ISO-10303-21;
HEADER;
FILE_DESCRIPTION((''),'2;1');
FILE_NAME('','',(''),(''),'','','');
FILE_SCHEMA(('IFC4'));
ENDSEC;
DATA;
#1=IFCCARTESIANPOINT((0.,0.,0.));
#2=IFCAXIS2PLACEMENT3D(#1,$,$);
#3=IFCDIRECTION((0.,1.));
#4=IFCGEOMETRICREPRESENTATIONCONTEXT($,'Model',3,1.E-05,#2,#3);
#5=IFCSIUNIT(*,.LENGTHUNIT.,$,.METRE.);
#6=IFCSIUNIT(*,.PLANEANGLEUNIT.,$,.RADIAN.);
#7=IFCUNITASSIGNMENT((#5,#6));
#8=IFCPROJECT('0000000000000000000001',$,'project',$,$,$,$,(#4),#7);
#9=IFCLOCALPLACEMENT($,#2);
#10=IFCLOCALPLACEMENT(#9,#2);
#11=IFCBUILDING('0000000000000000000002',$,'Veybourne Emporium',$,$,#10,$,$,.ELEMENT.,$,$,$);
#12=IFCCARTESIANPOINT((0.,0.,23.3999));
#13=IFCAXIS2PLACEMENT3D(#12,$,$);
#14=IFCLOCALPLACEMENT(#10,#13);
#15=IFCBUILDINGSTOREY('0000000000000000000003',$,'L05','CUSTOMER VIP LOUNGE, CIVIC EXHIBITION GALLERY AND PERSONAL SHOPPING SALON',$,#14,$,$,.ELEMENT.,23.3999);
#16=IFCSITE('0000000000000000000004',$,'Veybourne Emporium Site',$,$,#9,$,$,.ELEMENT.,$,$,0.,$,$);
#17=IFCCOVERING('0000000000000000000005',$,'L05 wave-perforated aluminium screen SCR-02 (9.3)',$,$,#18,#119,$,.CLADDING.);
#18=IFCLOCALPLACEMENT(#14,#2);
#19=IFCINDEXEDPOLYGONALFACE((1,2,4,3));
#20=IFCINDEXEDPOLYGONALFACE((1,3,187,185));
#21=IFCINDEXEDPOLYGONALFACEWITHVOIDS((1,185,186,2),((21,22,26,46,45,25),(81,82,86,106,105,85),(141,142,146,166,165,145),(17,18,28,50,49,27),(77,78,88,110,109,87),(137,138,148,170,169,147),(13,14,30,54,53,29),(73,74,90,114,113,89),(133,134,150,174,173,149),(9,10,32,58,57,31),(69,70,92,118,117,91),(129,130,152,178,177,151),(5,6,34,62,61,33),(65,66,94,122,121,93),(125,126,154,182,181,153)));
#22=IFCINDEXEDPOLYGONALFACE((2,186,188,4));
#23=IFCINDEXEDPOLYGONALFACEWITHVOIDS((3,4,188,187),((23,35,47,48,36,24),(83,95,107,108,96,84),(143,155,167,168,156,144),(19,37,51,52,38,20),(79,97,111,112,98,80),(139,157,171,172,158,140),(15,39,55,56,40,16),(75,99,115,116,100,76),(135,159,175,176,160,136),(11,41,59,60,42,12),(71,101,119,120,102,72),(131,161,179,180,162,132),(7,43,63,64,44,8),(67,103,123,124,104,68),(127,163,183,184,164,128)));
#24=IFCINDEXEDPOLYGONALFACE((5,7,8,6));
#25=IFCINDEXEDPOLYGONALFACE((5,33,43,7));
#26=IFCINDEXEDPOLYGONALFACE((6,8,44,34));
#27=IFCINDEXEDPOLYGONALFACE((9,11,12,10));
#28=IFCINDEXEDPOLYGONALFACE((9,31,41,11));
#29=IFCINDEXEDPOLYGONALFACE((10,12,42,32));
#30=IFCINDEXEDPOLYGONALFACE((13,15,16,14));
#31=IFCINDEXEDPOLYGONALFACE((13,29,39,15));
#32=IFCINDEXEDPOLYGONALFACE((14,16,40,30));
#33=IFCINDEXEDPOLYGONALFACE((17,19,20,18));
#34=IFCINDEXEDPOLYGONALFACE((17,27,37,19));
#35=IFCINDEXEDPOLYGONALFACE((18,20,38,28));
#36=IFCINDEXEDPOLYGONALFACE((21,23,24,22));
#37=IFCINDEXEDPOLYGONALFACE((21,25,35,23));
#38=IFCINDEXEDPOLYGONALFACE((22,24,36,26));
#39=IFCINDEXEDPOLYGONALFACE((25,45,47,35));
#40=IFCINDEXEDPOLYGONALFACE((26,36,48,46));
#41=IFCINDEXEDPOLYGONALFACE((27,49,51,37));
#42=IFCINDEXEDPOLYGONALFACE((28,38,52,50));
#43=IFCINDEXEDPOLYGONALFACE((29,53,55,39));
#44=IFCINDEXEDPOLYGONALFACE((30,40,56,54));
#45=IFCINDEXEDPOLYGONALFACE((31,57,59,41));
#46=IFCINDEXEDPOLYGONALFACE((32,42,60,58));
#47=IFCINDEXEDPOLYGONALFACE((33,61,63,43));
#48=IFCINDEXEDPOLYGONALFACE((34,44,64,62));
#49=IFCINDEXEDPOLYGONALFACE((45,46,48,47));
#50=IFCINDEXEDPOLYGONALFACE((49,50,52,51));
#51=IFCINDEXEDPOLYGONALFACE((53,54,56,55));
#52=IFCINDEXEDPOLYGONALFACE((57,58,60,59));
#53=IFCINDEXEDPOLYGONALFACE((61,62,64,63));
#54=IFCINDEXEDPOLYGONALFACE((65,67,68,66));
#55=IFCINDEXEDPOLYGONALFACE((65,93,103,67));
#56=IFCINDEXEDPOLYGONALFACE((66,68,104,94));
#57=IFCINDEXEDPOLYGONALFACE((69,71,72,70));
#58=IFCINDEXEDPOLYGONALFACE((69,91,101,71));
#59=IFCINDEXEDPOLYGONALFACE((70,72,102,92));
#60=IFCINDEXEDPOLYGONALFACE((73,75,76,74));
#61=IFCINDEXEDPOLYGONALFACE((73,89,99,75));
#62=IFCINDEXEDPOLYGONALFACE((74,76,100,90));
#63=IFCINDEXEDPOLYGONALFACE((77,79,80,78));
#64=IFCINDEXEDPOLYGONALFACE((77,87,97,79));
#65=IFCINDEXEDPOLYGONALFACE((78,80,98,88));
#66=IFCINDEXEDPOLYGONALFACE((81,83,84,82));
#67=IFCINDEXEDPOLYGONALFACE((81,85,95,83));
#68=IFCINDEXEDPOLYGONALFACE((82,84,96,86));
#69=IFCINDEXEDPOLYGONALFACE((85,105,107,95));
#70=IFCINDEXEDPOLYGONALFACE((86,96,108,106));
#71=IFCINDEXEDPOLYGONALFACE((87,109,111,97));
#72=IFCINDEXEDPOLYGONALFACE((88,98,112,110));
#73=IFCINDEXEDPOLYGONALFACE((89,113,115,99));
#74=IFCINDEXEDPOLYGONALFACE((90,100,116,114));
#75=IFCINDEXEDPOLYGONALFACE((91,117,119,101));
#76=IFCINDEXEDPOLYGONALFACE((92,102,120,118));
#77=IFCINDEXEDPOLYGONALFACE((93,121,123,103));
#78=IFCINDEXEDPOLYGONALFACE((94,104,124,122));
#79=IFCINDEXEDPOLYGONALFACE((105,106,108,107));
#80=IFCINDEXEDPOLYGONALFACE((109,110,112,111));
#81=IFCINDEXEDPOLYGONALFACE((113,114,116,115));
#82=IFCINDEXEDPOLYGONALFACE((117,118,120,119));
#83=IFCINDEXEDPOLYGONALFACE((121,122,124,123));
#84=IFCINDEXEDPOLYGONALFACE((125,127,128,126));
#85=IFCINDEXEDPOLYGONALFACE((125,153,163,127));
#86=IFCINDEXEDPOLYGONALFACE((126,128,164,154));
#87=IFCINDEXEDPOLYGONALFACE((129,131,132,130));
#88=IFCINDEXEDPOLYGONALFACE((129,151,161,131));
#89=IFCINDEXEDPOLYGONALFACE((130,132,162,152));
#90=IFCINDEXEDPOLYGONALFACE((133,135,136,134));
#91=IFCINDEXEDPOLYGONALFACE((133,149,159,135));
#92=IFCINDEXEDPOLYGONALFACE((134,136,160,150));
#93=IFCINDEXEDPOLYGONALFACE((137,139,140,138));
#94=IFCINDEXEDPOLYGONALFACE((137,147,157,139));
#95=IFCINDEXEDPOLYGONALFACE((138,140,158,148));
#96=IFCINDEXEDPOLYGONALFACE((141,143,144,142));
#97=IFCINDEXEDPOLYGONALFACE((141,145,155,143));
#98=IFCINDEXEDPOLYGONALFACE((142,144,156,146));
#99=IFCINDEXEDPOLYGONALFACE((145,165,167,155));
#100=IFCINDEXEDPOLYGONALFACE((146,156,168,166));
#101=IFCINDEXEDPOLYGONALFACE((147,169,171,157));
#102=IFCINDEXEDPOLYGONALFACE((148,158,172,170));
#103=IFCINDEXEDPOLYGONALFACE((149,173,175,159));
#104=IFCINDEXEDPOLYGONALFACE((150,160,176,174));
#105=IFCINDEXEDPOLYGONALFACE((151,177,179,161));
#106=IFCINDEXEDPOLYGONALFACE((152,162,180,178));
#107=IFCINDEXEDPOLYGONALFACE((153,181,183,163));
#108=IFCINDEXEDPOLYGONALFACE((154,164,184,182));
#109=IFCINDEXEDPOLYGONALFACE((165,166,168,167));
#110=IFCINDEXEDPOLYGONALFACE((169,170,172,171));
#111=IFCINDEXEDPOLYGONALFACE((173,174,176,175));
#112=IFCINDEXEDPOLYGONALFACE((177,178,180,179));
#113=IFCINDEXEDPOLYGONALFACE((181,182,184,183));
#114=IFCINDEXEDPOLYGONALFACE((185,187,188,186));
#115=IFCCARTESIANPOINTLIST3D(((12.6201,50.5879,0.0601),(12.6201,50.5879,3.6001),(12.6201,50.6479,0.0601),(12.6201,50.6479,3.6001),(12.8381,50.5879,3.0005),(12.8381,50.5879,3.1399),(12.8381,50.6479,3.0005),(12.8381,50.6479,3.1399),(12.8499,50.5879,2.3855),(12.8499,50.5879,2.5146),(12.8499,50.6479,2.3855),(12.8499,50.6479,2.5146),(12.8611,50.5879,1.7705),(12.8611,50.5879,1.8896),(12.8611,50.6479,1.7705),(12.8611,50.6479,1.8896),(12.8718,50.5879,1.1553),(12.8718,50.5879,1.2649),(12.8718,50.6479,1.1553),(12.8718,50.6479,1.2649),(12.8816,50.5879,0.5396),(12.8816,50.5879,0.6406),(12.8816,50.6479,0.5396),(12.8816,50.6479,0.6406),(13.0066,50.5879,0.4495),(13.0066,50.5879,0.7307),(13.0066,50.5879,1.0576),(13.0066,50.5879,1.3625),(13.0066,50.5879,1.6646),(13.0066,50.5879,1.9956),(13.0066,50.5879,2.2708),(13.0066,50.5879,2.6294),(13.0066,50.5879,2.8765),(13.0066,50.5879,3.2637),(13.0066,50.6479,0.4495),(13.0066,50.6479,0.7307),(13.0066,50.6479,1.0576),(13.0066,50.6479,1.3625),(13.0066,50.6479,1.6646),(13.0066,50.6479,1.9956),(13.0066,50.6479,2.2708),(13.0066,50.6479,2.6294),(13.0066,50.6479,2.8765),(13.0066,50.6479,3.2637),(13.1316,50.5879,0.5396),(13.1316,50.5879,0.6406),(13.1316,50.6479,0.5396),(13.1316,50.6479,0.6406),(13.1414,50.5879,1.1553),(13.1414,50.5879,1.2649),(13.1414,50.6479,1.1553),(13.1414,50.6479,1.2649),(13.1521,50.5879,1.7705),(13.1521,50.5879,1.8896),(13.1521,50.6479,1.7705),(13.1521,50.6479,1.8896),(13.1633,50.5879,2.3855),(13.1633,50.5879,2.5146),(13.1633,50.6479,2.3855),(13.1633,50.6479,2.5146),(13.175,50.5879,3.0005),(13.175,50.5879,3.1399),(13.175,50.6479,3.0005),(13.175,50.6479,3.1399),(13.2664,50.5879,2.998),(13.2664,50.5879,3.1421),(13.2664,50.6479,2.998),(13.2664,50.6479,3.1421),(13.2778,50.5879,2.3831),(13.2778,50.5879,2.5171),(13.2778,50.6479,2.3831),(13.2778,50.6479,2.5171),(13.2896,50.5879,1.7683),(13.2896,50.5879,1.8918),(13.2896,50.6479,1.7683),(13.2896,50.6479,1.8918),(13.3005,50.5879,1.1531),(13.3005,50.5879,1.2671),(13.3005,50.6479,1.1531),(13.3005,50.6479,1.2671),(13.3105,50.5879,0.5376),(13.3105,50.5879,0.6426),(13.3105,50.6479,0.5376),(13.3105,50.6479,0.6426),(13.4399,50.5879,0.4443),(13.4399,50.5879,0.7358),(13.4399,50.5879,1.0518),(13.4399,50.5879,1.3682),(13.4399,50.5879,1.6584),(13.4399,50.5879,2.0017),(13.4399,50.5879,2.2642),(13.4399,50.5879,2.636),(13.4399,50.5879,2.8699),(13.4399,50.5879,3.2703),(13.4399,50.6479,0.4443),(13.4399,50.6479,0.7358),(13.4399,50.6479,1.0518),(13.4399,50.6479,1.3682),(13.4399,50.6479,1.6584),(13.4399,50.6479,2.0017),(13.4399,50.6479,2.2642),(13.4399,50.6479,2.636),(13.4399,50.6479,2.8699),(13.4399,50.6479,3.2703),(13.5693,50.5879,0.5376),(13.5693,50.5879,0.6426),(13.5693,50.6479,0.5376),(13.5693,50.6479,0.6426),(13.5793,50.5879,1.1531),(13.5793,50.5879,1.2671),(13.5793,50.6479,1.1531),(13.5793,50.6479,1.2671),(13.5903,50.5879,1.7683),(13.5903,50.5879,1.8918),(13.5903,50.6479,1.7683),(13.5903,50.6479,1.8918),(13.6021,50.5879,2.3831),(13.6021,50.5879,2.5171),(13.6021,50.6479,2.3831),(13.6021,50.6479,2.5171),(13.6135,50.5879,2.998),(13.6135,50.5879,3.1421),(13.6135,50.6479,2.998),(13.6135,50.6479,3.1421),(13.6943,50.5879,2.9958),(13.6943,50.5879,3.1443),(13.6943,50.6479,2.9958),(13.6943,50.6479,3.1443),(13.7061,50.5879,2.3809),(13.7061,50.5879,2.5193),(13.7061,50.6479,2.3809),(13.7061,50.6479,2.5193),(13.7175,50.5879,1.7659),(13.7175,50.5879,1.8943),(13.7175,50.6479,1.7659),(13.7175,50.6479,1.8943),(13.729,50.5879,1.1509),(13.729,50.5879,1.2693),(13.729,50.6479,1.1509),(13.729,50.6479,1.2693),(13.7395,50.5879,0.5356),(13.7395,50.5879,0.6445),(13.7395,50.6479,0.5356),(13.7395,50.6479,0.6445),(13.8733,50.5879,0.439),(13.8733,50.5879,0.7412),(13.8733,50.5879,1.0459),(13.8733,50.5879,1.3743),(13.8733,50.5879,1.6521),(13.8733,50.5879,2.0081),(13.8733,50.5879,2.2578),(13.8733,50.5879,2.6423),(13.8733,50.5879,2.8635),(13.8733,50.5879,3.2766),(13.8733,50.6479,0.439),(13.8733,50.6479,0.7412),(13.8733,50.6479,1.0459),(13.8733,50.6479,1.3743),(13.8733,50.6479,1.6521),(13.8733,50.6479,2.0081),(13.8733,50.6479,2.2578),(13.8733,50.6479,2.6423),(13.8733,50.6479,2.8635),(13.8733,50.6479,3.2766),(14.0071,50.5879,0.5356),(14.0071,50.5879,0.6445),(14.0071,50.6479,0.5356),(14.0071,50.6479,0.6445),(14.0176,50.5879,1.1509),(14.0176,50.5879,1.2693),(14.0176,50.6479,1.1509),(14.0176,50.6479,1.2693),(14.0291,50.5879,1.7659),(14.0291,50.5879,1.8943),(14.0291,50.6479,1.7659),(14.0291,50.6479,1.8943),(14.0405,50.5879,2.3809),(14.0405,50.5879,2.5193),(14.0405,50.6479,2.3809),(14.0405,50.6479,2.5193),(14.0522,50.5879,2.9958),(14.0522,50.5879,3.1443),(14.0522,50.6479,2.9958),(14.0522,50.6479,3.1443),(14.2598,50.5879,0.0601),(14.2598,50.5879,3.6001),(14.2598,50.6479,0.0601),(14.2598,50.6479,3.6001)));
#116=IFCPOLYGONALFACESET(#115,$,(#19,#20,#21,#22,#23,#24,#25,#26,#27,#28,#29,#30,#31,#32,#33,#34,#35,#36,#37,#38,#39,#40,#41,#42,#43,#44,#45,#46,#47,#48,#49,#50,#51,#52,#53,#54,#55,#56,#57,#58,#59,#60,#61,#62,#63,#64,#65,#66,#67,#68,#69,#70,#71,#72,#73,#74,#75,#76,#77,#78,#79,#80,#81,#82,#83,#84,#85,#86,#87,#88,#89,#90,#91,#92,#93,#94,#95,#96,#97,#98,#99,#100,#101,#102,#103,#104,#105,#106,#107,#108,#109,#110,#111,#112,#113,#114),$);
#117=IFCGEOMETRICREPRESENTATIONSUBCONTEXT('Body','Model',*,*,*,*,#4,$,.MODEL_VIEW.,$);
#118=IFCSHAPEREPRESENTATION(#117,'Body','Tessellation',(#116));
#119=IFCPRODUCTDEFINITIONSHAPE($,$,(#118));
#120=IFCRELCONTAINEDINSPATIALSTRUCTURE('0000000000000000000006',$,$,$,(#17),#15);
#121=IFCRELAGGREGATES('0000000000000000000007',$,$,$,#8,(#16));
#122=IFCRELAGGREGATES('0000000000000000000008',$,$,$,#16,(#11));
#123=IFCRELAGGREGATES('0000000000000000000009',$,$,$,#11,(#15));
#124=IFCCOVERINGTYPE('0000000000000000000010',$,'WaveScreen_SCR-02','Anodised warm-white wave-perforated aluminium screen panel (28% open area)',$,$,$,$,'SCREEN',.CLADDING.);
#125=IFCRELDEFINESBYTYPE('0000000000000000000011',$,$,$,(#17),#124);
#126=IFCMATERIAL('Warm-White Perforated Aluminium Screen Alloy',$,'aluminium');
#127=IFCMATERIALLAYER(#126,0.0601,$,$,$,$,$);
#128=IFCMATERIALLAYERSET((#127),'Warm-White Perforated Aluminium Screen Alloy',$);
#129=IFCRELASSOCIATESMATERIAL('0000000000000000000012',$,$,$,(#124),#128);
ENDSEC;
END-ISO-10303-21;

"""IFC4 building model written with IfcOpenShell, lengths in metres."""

from ifc_helpers import new_model, si_unit, direction, frame, origin, place, context, subcontext, project, spatial, polyline, outline, extrude, material, layer, layer_set, type_object, element, save


model = new_model("IFC4")

# Units and contexts
model_context = context("Model", 3, precision=1e-05, world=origin(), true_north=direction((0.0, 1.0)))
body_context = subcontext(model_context, "Body", "Model", "MODEL_VIEW")
ifc_project = project(units=[si_unit("LENGTHUNIT", "METRE"), si_unit("PLANEANGLEUNIT", "RADIAN")], contexts=[model_context])

# Site, building, storey
site_placement = place(None, origin())
site = spatial("IfcSite", under=ifc_project, at=site_placement, Name="Veybourne Emporium Site", CompositionType="ELEMENT", RefElevation=0.0)
building_placement = place(site_placement, origin())
building = spatial("IfcBuilding", under=site, at=building_placement, Name="Veybourne Emporium", CompositionType="ELEMENT")
storey_placement = place(building_placement, frame((0.0, 0.0, 23.3999)))
storey = spatial("IfcBuildingStorey", under=building, at=storey_placement, Name="L05", Description="CUSTOMER VIP LOUNGE, CIVIC EXHIBITION GALLERY AND PERSONAL SHOPPING SALON", CompositionType="ELEMENT", Elevation=23.3999)

# Covering
ifc_material_1 = material(Name="Warm-White Perforated Aluminium Screen Alloy", Category="aluminium")
ifc_layer_1 = layer(ifc_material_1, 0.0601)
ifc_layer_set_1 = layer_set([ifc_layer_1], Name="Warm-White Perforated Aluminium Screen Alloy")
covering_type_1 = type_object("IfcCoveringType", Name="WaveScreen_SCR-02", Description="Anodised warm-white wave-perforated aluminium screen panel (28% open area)", ElementType="SCREEN", PredefinedType="CLADDING", material=ifc_layer_set_1)
covering_1_placement = place(storey_placement, frame((13.4399, 50.6479, 1.8301), z_axis=(0.0, -1.0, 0.0), x_axis=(1.0, 0.0, 0.0)))
element("IfcCovering", 1, at=covering_1_placement, inside=storey, type_object=covering_type_1, Name="L05 wave-perforated aluminium screen SCR-02 (9.3)", PredefinedType="CLADDING", context=body_context, shape_type="SweptSolid", body=[
    extrude(outline(polyline([(-0.8198, -1.77), (0.8198, -1.77), (0.8198, 1.77), (-0.8198, 1.77), (-0.8198, -1.77)]), holes=[polyline([(-0.4333, -1.0994), (-0.3083, -1.1895), (-0.3083, -1.2905), (-0.4333, -1.3806), (-0.5583, -1.2905), (-0.5583, -1.1895), (-0.4333, -1.0994)]), polyline([(-0.4333, -0.4675), (-0.2986, -0.5652), (-0.2986, -0.6748), (-0.4333, -0.7725), (-0.5681, -0.6748), (-0.5681, -0.5652), (-0.4333, -0.4675)]), polyline([(-0.4333, 0.1655), (-0.2878, 0.0596), (-0.2878, -0.0596), (-0.4333, -0.1655), (-0.5789, -0.0596), (-0.5789, 0.0596), (-0.4333, 0.1655)]), polyline([(-0.4333, 0.7993), (-0.2766, 0.6846), (-0.2766, 0.5554), (-0.4333, 0.4407), (-0.5901, 0.5554), (-0.5901, 0.6846), (-0.4333, 0.7993)]), polyline([(-0.4333, 1.4336), (-0.2649, 1.3098), (-0.2649, 1.1704), (-0.4333, 1.0464), (-0.6018, 1.1704), (-0.6018, 1.3098), (-0.4333, 1.4336)]), polyline([(0.0, -1.0942), (0.1294, -1.1875), (0.1294, -1.2925), (0.0, -1.3857), (-0.1294, -1.2925), (-0.1294, -1.1875), (0.0, -1.0942)]), polyline([(0.0, -0.4619), (0.1394, -0.563), (0.1394, -0.677), (0.0, -0.7783), (-0.1394, -0.677), (-0.1394, -0.563), (0.0, -0.4619)]), polyline([(0.0, 0.1716), (0.1504, 0.0618), (0.1504, -0.0618), (0.0, -0.1716), (-0.1504, -0.0618), (-0.1504, 0.0618), (0.0, 0.1716)]), polyline([(0.0, 0.8059), (0.1621, 0.687), (0.1621, 0.553), (0.0, 0.4341), (-0.1621, 0.553), (-0.1621, 0.687), (0.0, 0.8059)]), polyline([(0.0, 1.4402), (0.1736, 1.312), (0.1736, 1.168), (0.0, 1.0398), (-0.1736, 1.168), (-0.1736, 1.312), (0.0, 1.4402)]), polyline([(0.4333, -1.0889), (0.5671, -1.1855), (0.5671, -1.2944), (0.4333, -1.3911), (0.2996, -1.2944), (0.2996, -1.1855), (0.4333, -1.0889)]), polyline([(0.4333, -0.4558), (0.5776, -0.5608), (0.5776, -0.6792), (0.4333, -0.7842), (0.2891, -0.6792), (0.2891, -0.5608), (0.4333, -0.4558)]), polyline([(0.4333, 0.178), (0.5891, 0.0642), (0.5891, -0.0642), (0.4333, -0.178), (0.2776, -0.0642), (0.2776, 0.0642), (0.4333, 0.178)]), polyline([(0.4333, 0.8123), (0.6006, 0.6892), (0.6006, 0.5508), (0.4333, 0.4277), (0.2661, 0.5508), (0.2661, 0.6892), (0.4333, 0.8123)]), polyline([(0.4333, 1.4465), (0.6123, 1.3142), (0.6123, 1.1658), (0.4333, 1.0334), (0.2544, 1.1658), (0.2544, 1.3142), (0.4333, 1.4465)])]), origin(), (0.0, 0.0, 1.0), 0.0601),
])

save(model, "model.ifc")
